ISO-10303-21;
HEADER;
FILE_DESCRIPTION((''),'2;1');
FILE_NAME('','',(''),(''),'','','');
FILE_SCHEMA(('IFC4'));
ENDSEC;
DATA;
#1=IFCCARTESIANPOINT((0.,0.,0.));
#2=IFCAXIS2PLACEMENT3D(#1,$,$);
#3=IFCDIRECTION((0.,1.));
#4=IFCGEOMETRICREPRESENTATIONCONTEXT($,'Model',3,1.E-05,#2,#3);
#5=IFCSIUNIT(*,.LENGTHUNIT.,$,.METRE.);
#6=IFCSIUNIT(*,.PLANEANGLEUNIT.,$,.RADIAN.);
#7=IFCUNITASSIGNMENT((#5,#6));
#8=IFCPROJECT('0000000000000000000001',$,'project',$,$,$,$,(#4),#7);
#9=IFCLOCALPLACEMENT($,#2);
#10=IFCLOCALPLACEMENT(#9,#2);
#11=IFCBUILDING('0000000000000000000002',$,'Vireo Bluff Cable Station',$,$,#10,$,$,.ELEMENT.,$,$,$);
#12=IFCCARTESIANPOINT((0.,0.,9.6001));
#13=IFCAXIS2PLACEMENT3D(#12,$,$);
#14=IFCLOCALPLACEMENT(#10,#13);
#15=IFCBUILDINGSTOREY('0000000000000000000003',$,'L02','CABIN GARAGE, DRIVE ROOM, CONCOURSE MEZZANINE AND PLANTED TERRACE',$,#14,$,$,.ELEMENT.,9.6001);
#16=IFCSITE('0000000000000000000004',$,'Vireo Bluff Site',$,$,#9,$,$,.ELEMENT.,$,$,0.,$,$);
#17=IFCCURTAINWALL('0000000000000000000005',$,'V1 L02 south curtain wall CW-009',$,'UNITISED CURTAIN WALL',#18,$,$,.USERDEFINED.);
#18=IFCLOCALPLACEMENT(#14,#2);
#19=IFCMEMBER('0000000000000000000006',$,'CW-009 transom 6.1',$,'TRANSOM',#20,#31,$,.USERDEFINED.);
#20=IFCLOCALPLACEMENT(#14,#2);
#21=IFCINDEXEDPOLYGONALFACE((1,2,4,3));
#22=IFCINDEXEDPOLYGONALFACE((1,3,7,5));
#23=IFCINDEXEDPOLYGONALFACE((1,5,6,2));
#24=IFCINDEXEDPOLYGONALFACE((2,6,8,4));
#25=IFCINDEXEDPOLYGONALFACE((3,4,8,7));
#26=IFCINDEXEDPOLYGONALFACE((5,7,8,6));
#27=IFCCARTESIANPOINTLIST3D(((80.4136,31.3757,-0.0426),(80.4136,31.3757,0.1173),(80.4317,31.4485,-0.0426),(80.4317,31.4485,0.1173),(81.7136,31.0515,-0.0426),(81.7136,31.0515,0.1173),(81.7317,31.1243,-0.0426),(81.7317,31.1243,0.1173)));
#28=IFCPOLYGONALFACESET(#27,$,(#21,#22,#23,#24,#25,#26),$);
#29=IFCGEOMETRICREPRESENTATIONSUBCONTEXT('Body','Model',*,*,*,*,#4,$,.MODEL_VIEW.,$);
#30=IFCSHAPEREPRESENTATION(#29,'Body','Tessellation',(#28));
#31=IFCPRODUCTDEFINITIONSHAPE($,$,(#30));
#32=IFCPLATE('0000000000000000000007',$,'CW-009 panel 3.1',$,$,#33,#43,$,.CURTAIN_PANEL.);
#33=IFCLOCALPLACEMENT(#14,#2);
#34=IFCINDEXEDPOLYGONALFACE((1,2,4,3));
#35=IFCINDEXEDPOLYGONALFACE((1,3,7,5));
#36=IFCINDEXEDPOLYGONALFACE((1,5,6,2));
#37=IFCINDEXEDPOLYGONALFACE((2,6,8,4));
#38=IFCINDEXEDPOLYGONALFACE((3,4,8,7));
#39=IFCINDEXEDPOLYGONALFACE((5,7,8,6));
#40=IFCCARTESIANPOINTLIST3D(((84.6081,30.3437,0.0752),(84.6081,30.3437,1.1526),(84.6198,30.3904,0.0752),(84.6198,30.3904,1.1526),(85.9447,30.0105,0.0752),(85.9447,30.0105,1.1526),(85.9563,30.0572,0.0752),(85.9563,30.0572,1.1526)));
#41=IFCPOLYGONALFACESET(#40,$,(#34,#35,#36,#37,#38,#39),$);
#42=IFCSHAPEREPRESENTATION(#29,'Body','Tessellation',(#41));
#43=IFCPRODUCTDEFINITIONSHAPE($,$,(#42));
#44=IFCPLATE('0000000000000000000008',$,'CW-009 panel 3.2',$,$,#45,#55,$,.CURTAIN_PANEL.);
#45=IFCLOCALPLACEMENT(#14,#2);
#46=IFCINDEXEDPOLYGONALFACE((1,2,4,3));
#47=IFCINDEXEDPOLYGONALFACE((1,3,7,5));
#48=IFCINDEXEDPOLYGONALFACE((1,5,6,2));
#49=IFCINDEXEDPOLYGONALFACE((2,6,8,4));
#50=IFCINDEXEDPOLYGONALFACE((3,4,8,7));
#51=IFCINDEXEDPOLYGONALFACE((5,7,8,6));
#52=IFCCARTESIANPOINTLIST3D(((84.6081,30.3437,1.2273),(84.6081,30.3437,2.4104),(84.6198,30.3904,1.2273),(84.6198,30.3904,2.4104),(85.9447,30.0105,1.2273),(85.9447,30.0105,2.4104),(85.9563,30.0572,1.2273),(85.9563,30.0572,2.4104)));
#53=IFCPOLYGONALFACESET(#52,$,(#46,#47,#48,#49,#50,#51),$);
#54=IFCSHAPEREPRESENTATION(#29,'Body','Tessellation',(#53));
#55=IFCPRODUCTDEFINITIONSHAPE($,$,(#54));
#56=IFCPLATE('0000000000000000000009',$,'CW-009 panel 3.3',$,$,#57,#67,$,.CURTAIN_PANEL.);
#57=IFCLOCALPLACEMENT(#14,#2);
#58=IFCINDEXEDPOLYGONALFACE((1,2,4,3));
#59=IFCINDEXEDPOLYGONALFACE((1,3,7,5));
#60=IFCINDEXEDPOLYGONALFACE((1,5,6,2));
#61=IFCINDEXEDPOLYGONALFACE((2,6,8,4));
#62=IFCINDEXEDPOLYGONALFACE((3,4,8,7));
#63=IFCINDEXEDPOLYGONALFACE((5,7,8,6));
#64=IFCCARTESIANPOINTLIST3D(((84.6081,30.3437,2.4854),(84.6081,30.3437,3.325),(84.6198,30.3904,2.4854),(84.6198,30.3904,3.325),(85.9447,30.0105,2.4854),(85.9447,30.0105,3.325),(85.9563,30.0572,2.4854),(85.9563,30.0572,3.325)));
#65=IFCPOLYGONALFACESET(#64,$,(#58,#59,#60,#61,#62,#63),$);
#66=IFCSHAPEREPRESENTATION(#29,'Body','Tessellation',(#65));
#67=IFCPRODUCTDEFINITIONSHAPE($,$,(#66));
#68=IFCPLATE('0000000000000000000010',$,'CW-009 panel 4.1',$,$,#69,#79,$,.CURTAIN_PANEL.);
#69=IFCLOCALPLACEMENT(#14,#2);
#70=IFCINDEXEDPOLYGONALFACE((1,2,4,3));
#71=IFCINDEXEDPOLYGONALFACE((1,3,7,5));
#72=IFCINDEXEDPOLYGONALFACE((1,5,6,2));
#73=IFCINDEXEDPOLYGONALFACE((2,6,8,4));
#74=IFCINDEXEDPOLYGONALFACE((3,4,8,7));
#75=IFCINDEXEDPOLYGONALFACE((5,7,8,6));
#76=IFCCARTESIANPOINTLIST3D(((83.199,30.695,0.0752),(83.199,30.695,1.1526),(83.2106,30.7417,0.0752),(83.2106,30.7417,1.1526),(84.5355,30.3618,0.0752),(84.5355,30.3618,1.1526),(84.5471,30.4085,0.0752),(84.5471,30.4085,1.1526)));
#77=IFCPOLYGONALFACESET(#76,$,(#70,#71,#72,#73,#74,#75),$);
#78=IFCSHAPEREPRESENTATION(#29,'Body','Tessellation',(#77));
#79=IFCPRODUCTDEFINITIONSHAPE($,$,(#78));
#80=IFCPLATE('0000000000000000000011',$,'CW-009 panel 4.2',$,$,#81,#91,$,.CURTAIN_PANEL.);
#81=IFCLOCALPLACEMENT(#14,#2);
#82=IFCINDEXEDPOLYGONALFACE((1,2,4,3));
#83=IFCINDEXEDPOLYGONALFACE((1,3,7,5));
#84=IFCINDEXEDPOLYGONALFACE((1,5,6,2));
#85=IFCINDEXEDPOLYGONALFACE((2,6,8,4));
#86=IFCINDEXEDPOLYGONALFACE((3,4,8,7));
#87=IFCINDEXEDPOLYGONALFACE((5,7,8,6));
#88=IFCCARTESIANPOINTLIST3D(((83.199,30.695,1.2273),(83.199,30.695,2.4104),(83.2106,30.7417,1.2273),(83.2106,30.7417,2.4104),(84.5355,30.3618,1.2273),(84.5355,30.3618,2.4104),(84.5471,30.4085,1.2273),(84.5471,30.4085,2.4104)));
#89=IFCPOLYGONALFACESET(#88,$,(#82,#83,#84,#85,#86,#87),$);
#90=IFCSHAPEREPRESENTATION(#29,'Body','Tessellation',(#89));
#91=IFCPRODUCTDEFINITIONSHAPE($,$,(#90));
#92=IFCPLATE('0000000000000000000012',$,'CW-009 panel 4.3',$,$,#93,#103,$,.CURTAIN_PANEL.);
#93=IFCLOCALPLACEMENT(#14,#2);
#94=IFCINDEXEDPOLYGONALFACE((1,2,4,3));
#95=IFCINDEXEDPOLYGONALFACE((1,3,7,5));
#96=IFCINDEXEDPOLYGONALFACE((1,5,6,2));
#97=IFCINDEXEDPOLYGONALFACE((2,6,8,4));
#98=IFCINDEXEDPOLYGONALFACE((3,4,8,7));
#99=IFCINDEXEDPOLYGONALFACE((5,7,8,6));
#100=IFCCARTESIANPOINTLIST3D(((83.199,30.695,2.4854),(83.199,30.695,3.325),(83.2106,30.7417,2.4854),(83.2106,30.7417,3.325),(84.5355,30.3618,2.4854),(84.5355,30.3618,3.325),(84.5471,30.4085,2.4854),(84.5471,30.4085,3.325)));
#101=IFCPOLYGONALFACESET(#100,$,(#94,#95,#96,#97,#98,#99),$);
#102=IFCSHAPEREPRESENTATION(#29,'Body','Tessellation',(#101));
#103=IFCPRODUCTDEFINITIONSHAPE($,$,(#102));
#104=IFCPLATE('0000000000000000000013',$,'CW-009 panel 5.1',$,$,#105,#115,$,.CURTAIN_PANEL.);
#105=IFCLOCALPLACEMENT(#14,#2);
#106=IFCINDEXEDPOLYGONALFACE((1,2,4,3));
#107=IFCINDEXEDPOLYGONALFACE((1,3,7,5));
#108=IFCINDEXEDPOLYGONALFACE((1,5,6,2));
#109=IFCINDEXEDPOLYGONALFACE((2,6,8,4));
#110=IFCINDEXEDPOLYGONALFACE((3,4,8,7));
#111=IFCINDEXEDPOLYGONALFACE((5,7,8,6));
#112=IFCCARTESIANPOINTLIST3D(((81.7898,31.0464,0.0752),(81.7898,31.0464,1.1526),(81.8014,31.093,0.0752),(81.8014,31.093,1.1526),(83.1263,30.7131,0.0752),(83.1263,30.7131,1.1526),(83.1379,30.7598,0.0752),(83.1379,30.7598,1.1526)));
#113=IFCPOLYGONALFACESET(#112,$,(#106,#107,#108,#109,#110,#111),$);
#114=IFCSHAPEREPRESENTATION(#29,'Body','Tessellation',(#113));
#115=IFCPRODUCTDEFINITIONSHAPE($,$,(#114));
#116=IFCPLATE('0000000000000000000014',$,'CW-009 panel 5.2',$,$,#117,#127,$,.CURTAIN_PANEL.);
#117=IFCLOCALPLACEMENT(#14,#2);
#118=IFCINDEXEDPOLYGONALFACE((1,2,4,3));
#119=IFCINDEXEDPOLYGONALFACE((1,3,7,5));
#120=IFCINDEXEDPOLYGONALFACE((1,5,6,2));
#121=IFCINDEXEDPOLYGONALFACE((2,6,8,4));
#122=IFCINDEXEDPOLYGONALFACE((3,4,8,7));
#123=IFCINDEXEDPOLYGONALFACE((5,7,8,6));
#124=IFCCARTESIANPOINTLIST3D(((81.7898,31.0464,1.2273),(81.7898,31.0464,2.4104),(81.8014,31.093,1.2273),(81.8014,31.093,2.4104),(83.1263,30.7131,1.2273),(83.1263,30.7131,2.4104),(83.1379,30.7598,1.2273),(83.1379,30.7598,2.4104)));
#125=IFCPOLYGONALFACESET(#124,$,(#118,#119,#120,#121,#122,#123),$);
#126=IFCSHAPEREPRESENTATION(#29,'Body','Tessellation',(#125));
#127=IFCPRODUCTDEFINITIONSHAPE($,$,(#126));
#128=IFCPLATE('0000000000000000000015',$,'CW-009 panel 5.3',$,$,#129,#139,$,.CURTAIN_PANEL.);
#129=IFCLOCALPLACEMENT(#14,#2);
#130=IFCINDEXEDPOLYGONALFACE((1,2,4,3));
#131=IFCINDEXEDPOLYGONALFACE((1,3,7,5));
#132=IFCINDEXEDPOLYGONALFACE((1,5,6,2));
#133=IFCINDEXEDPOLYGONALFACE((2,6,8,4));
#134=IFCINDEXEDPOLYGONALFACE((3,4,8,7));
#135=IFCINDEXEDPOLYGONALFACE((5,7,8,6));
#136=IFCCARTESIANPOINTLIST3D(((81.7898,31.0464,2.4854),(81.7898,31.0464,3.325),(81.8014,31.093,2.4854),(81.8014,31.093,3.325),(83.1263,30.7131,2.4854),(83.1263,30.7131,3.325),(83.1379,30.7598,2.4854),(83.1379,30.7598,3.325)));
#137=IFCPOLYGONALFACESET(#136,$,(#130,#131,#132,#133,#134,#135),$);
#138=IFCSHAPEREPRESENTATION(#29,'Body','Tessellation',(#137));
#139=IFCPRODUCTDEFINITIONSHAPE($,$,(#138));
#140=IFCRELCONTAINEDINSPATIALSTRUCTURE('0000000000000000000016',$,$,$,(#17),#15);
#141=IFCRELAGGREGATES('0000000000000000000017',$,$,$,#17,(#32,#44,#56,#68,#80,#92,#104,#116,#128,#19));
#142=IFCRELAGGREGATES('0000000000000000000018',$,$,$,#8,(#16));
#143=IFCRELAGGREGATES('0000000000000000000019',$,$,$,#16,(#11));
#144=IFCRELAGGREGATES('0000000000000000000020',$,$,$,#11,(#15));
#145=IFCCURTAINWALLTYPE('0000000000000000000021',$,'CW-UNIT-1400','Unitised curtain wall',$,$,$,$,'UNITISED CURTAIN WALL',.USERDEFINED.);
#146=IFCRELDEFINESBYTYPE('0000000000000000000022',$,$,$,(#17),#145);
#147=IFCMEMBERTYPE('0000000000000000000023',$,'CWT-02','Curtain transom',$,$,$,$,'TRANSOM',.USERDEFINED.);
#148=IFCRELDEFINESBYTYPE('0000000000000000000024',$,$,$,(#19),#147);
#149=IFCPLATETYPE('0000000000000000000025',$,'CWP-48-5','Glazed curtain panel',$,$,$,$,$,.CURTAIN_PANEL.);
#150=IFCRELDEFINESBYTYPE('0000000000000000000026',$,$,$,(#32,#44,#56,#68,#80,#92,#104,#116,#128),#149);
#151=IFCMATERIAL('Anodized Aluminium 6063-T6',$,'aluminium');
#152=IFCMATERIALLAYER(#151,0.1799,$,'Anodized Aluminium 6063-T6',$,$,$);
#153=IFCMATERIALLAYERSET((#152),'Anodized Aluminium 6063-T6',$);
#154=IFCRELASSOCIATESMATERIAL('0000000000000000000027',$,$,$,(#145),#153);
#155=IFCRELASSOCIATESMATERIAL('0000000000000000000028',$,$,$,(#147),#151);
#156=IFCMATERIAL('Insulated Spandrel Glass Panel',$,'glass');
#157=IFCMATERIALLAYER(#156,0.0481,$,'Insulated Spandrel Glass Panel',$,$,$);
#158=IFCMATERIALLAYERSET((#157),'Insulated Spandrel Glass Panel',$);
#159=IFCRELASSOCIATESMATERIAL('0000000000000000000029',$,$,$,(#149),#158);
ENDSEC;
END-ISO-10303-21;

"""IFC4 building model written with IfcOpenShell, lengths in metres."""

from ifc_helpers import new_model, si_unit, direction, frame, origin, origin_2d, place, context, subcontext, project, spatial, rectangle, extrude, material, layer, layer_set, material_profile, profile_set, type_object, element, aggregate, save


model = new_model("IFC4")

# Units and contexts
model_context = context("Model", 3, precision=1e-05, world=origin(), true_north=direction((0.0, 1.0)))
body_context = subcontext(model_context, "Body", "Model", "MODEL_VIEW")
ifc_project = project(units=[si_unit("LENGTHUNIT", "METRE"), si_unit("PLANEANGLEUNIT", "RADIAN")], contexts=[model_context])

# Site, building, storey
site_placement = place(None, origin())
site = spatial("IfcSite", under=ifc_project, at=site_placement, Name="Vireo Bluff Site", CompositionType="ELEMENT", RefElevation=0.0)
building_placement = place(site_placement, origin())
building = spatial("IfcBuilding", under=site, at=building_placement, Name="Vireo Bluff Cable Station", CompositionType="ELEMENT")
storey_placement = place(building_placement, frame((0.0, 0.0, 9.6001)))
storey = spatial("IfcBuildingStorey", under=building, at=storey_placement, Name="L02", Description="CABIN GARAGE, DRIVE ROOM, CONCOURSE MEZZANINE AND PLANTED TERRACE", CompositionType="ELEMENT", Elevation=9.6001)

# Curtain wall, member, plates
ifc_material_1 = material(Name="Anodized Aluminium 6063-T6", Category="aluminium")
ifc_layer_1 = layer(ifc_material_1, 0.1799, Name="Anodized Aluminium 6063-T6")
ifc_layer_set_1 = layer_set([ifc_layer_1], Name="Anodized Aluminium 6063-T6")
curtain_wall_type = type_object("IfcCurtainWallType", Name="CW-UNIT-1400", Description="Unitised curtain wall", ElementType="UNITISED CURTAIN WALL", PredefinedType="USERDEFINED", material=ifc_layer_set_1)
curtain_wall_placement = place(storey_placement, origin())
curtain_wall = element("IfcCurtainWall", 1, at=curtain_wall_placement, inside=storey, type_object=curtain_wall_type, Name="V1 L02 south curtain wall CW-009", ObjectType="UNITISED CURTAIN WALL", PredefinedType="USERDEFINED")
ifc_material_profile_1 = material_profile(ifc_material_1, rectangle(XDim=0.075, YDim=0.1599, at=origin_2d()), Name="ALU-T-75X160")
ifc_profile_set_1 = profile_set([ifc_material_profile_1], Name="Anodized Aluminium 6063-T6")
member_type_1 = type_object("IfcMemberType", Name="CWT-02", Description="Curtain transom", ElementType="TRANSOM", PredefinedType="USERDEFINED", material=ifc_profile_set_1)
member_1_placement = place(storey_placement, frame((81.7227, 31.0879, 0.0374), z_axis=(-0.970282, 0.241978, 0.0), x_axis=(-0.241978, -0.970282, 0.0)))
member_1 = element("IfcMember", 2, at=member_1_placement, type_object=member_type_1, Name="CW-009 transom 6.1", ObjectType="TRANSOM", PredefinedType="USERDEFINED", context=body_context, shape_type="SweptSolid", body=[
    extrude(rectangle(XDim=0.075, YDim=0.1599, at=origin_2d()), origin(), (0.0, 0.0, 1.0), 1.3398),
])
ifc_material_2 = material(Name="Insulated Spandrel Glass Panel", Category="glass")
ifc_layer_2 = layer(ifc_material_2, 0.0481, Name="Insulated Spandrel Glass Panel")
ifc_layer_set_2 = layer_set([ifc_layer_2], Name="Insulated Spandrel Glass Panel")
plate_type = type_object("IfcPlateType", Name="CWP-48-5", Description="Glazed curtain panel", PredefinedType="CURTAIN_PANEL", material=ifc_layer_set_2)
plate_1_placement = place(storey_placement, frame((85.2822, 30.2004, 0.0752), z_axis=(0.0, 0.0, 1.0), x_axis=(-0.970296, 0.241922, 0.0)))
plate_1 = element("IfcPlate", 3, at=plate_1_placement, type_object=plate_type, Name="CW-009 panel 3.1", PredefinedType="CURTAIN_PANEL", context=body_context, shape_type="SweptSolid", body=[
    extrude(rectangle(XDim=1.3774, YDim=0.0481, at=origin_2d()), origin(), (0.0, 0.0, 1.0), 1.0774),
])
plate_2_placement = place(storey_placement, frame((85.2822, 30.2004, 1.2273), z_axis=(0.0, 0.0, 1.0), x_axis=(-0.970296, 0.241922, 0.0)))
plate_2 = element("IfcPlate", 4, at=plate_2_placement, type_object=plate_type, Name="CW-009 panel 3.2", PredefinedType="CURTAIN_PANEL", context=body_context, shape_type="SweptSolid", body=[
    extrude(rectangle(XDim=1.3774, YDim=0.0481, at=origin_2d()), origin(), (0.0, 0.0, 1.0), 1.1831),
])
plate_3_placement = place(storey_placement, frame((85.2822, 30.2004, 2.4854), z_axis=(0.0, 0.0, 1.0), x_axis=(-0.970296, 0.241922, 0.0)))
plate_3 = element("IfcPlate", 5, at=plate_3_placement, type_object=plate_type, Name="CW-009 panel 3.3", PredefinedType="CURTAIN_PANEL", context=body_context, shape_type="SweptSolid", body=[
    extrude(rectangle(XDim=1.3774, YDim=0.0481, at=origin_2d()), origin(), (0.0, 0.0, 1.0), 0.8396),
])
plate_4_placement = place(storey_placement, frame((83.873, 30.5518, 0.0752), z_axis=(0.0, 0.0, 1.0), x_axis=(-0.970296, 0.241922, 0.0)))
plate_4 = element("IfcPlate", 6, at=plate_4_placement, type_object=plate_type, Name="CW-009 panel 4.1", PredefinedType="CURTAIN_PANEL", context=body_context, shape_type="SweptSolid", body=[
    extrude(rectangle(XDim=1.3774, YDim=0.0481, at=origin_2d()), origin(), (0.0, 0.0, 1.0), 1.0774),
])
plate_5_placement = place(storey_placement, frame((83.873, 30.5518, 1.2273), z_axis=(0.0, 0.0, 1.0), x_axis=(-0.970296, 0.241922, 0.0)))
plate_5 = element("IfcPlate", 7, at=plate_5_placement, type_object=plate_type, Name="CW-009 panel 4.2", PredefinedType="CURTAIN_PANEL", context=body_context, shape_type="SweptSolid", body=[
    extrude(rectangle(XDim=1.3774, YDim=0.0481, at=origin_2d()), origin(), (0.0, 0.0, 1.0), 1.1831),
])
plate_6_placement = place(storey_placement, frame((83.873, 30.5518, 2.4854), z_axis=(0.0, 0.0, 1.0), x_axis=(-0.970296, 0.241922, 0.0)))
plate_6 = element("IfcPlate", 8, at=plate_6_placement, type_object=plate_type, Name="CW-009 panel 4.3", PredefinedType="CURTAIN_PANEL", context=body_context, shape_type="SweptSolid", body=[
    extrude(rectangle(XDim=1.3774, YDim=0.0481, at=origin_2d()), origin(), (0.0, 0.0, 1.0), 0.8396),
])
plate_7_placement = place(storey_placement, frame((82.4639, 30.9031, 0.0752), z_axis=(0.0, 0.0, 1.0), x_axis=(-0.970296, 0.241922, 0.0)))
plate_7 = element("IfcPlate", 9, at=plate_7_placement, type_object=plate_type, Name="CW-009 panel 5.1", PredefinedType="CURTAIN_PANEL", context=body_context, shape_type="SweptSolid", body=[
    extrude(rectangle(XDim=1.3774, YDim=0.0481, at=origin_2d()), origin(), (0.0, 0.0, 1.0), 1.0774),
])
plate_8_placement = place(storey_placement, frame((82.4639, 30.9031, 1.2273), z_axis=(0.0, 0.0, 1.0), x_axis=(-0.970296, 0.241922, 0.0)))
plate_8 = element("IfcPlate", 10, at=plate_8_placement, type_object=plate_type, Name="CW-009 panel 5.2", PredefinedType="CURTAIN_PANEL", context=body_context, shape_type="SweptSolid", body=[
    extrude(rectangle(XDim=1.3774, YDim=0.0481, at=origin_2d()), origin(), (0.0, 0.0, 1.0), 1.1831),
])
plate_9_placement = place(storey_placement, frame((82.4639, 30.9031, 2.4854), z_axis=(0.0, 0.0, 1.0), x_axis=(-0.970296, 0.241922, 0.0)))
plate_9 = element("IfcPlate", 11, at=plate_9_placement, type_object=plate_type, Name="CW-009 panel 5.3", PredefinedType="CURTAIN_PANEL", context=body_context, shape_type="SweptSolid", body=[
    extrude(rectangle(XDim=1.3774, YDim=0.0481, at=origin_2d()), origin(), (0.0, 0.0, 1.0), 0.8396),
])
aggregate(curtain_wall, [plate_1, plate_2, plate_3, plate_4, plate_5, plate_6, plate_7, plate_8, plate_9, member_1])

save(model, "model.ifc")
